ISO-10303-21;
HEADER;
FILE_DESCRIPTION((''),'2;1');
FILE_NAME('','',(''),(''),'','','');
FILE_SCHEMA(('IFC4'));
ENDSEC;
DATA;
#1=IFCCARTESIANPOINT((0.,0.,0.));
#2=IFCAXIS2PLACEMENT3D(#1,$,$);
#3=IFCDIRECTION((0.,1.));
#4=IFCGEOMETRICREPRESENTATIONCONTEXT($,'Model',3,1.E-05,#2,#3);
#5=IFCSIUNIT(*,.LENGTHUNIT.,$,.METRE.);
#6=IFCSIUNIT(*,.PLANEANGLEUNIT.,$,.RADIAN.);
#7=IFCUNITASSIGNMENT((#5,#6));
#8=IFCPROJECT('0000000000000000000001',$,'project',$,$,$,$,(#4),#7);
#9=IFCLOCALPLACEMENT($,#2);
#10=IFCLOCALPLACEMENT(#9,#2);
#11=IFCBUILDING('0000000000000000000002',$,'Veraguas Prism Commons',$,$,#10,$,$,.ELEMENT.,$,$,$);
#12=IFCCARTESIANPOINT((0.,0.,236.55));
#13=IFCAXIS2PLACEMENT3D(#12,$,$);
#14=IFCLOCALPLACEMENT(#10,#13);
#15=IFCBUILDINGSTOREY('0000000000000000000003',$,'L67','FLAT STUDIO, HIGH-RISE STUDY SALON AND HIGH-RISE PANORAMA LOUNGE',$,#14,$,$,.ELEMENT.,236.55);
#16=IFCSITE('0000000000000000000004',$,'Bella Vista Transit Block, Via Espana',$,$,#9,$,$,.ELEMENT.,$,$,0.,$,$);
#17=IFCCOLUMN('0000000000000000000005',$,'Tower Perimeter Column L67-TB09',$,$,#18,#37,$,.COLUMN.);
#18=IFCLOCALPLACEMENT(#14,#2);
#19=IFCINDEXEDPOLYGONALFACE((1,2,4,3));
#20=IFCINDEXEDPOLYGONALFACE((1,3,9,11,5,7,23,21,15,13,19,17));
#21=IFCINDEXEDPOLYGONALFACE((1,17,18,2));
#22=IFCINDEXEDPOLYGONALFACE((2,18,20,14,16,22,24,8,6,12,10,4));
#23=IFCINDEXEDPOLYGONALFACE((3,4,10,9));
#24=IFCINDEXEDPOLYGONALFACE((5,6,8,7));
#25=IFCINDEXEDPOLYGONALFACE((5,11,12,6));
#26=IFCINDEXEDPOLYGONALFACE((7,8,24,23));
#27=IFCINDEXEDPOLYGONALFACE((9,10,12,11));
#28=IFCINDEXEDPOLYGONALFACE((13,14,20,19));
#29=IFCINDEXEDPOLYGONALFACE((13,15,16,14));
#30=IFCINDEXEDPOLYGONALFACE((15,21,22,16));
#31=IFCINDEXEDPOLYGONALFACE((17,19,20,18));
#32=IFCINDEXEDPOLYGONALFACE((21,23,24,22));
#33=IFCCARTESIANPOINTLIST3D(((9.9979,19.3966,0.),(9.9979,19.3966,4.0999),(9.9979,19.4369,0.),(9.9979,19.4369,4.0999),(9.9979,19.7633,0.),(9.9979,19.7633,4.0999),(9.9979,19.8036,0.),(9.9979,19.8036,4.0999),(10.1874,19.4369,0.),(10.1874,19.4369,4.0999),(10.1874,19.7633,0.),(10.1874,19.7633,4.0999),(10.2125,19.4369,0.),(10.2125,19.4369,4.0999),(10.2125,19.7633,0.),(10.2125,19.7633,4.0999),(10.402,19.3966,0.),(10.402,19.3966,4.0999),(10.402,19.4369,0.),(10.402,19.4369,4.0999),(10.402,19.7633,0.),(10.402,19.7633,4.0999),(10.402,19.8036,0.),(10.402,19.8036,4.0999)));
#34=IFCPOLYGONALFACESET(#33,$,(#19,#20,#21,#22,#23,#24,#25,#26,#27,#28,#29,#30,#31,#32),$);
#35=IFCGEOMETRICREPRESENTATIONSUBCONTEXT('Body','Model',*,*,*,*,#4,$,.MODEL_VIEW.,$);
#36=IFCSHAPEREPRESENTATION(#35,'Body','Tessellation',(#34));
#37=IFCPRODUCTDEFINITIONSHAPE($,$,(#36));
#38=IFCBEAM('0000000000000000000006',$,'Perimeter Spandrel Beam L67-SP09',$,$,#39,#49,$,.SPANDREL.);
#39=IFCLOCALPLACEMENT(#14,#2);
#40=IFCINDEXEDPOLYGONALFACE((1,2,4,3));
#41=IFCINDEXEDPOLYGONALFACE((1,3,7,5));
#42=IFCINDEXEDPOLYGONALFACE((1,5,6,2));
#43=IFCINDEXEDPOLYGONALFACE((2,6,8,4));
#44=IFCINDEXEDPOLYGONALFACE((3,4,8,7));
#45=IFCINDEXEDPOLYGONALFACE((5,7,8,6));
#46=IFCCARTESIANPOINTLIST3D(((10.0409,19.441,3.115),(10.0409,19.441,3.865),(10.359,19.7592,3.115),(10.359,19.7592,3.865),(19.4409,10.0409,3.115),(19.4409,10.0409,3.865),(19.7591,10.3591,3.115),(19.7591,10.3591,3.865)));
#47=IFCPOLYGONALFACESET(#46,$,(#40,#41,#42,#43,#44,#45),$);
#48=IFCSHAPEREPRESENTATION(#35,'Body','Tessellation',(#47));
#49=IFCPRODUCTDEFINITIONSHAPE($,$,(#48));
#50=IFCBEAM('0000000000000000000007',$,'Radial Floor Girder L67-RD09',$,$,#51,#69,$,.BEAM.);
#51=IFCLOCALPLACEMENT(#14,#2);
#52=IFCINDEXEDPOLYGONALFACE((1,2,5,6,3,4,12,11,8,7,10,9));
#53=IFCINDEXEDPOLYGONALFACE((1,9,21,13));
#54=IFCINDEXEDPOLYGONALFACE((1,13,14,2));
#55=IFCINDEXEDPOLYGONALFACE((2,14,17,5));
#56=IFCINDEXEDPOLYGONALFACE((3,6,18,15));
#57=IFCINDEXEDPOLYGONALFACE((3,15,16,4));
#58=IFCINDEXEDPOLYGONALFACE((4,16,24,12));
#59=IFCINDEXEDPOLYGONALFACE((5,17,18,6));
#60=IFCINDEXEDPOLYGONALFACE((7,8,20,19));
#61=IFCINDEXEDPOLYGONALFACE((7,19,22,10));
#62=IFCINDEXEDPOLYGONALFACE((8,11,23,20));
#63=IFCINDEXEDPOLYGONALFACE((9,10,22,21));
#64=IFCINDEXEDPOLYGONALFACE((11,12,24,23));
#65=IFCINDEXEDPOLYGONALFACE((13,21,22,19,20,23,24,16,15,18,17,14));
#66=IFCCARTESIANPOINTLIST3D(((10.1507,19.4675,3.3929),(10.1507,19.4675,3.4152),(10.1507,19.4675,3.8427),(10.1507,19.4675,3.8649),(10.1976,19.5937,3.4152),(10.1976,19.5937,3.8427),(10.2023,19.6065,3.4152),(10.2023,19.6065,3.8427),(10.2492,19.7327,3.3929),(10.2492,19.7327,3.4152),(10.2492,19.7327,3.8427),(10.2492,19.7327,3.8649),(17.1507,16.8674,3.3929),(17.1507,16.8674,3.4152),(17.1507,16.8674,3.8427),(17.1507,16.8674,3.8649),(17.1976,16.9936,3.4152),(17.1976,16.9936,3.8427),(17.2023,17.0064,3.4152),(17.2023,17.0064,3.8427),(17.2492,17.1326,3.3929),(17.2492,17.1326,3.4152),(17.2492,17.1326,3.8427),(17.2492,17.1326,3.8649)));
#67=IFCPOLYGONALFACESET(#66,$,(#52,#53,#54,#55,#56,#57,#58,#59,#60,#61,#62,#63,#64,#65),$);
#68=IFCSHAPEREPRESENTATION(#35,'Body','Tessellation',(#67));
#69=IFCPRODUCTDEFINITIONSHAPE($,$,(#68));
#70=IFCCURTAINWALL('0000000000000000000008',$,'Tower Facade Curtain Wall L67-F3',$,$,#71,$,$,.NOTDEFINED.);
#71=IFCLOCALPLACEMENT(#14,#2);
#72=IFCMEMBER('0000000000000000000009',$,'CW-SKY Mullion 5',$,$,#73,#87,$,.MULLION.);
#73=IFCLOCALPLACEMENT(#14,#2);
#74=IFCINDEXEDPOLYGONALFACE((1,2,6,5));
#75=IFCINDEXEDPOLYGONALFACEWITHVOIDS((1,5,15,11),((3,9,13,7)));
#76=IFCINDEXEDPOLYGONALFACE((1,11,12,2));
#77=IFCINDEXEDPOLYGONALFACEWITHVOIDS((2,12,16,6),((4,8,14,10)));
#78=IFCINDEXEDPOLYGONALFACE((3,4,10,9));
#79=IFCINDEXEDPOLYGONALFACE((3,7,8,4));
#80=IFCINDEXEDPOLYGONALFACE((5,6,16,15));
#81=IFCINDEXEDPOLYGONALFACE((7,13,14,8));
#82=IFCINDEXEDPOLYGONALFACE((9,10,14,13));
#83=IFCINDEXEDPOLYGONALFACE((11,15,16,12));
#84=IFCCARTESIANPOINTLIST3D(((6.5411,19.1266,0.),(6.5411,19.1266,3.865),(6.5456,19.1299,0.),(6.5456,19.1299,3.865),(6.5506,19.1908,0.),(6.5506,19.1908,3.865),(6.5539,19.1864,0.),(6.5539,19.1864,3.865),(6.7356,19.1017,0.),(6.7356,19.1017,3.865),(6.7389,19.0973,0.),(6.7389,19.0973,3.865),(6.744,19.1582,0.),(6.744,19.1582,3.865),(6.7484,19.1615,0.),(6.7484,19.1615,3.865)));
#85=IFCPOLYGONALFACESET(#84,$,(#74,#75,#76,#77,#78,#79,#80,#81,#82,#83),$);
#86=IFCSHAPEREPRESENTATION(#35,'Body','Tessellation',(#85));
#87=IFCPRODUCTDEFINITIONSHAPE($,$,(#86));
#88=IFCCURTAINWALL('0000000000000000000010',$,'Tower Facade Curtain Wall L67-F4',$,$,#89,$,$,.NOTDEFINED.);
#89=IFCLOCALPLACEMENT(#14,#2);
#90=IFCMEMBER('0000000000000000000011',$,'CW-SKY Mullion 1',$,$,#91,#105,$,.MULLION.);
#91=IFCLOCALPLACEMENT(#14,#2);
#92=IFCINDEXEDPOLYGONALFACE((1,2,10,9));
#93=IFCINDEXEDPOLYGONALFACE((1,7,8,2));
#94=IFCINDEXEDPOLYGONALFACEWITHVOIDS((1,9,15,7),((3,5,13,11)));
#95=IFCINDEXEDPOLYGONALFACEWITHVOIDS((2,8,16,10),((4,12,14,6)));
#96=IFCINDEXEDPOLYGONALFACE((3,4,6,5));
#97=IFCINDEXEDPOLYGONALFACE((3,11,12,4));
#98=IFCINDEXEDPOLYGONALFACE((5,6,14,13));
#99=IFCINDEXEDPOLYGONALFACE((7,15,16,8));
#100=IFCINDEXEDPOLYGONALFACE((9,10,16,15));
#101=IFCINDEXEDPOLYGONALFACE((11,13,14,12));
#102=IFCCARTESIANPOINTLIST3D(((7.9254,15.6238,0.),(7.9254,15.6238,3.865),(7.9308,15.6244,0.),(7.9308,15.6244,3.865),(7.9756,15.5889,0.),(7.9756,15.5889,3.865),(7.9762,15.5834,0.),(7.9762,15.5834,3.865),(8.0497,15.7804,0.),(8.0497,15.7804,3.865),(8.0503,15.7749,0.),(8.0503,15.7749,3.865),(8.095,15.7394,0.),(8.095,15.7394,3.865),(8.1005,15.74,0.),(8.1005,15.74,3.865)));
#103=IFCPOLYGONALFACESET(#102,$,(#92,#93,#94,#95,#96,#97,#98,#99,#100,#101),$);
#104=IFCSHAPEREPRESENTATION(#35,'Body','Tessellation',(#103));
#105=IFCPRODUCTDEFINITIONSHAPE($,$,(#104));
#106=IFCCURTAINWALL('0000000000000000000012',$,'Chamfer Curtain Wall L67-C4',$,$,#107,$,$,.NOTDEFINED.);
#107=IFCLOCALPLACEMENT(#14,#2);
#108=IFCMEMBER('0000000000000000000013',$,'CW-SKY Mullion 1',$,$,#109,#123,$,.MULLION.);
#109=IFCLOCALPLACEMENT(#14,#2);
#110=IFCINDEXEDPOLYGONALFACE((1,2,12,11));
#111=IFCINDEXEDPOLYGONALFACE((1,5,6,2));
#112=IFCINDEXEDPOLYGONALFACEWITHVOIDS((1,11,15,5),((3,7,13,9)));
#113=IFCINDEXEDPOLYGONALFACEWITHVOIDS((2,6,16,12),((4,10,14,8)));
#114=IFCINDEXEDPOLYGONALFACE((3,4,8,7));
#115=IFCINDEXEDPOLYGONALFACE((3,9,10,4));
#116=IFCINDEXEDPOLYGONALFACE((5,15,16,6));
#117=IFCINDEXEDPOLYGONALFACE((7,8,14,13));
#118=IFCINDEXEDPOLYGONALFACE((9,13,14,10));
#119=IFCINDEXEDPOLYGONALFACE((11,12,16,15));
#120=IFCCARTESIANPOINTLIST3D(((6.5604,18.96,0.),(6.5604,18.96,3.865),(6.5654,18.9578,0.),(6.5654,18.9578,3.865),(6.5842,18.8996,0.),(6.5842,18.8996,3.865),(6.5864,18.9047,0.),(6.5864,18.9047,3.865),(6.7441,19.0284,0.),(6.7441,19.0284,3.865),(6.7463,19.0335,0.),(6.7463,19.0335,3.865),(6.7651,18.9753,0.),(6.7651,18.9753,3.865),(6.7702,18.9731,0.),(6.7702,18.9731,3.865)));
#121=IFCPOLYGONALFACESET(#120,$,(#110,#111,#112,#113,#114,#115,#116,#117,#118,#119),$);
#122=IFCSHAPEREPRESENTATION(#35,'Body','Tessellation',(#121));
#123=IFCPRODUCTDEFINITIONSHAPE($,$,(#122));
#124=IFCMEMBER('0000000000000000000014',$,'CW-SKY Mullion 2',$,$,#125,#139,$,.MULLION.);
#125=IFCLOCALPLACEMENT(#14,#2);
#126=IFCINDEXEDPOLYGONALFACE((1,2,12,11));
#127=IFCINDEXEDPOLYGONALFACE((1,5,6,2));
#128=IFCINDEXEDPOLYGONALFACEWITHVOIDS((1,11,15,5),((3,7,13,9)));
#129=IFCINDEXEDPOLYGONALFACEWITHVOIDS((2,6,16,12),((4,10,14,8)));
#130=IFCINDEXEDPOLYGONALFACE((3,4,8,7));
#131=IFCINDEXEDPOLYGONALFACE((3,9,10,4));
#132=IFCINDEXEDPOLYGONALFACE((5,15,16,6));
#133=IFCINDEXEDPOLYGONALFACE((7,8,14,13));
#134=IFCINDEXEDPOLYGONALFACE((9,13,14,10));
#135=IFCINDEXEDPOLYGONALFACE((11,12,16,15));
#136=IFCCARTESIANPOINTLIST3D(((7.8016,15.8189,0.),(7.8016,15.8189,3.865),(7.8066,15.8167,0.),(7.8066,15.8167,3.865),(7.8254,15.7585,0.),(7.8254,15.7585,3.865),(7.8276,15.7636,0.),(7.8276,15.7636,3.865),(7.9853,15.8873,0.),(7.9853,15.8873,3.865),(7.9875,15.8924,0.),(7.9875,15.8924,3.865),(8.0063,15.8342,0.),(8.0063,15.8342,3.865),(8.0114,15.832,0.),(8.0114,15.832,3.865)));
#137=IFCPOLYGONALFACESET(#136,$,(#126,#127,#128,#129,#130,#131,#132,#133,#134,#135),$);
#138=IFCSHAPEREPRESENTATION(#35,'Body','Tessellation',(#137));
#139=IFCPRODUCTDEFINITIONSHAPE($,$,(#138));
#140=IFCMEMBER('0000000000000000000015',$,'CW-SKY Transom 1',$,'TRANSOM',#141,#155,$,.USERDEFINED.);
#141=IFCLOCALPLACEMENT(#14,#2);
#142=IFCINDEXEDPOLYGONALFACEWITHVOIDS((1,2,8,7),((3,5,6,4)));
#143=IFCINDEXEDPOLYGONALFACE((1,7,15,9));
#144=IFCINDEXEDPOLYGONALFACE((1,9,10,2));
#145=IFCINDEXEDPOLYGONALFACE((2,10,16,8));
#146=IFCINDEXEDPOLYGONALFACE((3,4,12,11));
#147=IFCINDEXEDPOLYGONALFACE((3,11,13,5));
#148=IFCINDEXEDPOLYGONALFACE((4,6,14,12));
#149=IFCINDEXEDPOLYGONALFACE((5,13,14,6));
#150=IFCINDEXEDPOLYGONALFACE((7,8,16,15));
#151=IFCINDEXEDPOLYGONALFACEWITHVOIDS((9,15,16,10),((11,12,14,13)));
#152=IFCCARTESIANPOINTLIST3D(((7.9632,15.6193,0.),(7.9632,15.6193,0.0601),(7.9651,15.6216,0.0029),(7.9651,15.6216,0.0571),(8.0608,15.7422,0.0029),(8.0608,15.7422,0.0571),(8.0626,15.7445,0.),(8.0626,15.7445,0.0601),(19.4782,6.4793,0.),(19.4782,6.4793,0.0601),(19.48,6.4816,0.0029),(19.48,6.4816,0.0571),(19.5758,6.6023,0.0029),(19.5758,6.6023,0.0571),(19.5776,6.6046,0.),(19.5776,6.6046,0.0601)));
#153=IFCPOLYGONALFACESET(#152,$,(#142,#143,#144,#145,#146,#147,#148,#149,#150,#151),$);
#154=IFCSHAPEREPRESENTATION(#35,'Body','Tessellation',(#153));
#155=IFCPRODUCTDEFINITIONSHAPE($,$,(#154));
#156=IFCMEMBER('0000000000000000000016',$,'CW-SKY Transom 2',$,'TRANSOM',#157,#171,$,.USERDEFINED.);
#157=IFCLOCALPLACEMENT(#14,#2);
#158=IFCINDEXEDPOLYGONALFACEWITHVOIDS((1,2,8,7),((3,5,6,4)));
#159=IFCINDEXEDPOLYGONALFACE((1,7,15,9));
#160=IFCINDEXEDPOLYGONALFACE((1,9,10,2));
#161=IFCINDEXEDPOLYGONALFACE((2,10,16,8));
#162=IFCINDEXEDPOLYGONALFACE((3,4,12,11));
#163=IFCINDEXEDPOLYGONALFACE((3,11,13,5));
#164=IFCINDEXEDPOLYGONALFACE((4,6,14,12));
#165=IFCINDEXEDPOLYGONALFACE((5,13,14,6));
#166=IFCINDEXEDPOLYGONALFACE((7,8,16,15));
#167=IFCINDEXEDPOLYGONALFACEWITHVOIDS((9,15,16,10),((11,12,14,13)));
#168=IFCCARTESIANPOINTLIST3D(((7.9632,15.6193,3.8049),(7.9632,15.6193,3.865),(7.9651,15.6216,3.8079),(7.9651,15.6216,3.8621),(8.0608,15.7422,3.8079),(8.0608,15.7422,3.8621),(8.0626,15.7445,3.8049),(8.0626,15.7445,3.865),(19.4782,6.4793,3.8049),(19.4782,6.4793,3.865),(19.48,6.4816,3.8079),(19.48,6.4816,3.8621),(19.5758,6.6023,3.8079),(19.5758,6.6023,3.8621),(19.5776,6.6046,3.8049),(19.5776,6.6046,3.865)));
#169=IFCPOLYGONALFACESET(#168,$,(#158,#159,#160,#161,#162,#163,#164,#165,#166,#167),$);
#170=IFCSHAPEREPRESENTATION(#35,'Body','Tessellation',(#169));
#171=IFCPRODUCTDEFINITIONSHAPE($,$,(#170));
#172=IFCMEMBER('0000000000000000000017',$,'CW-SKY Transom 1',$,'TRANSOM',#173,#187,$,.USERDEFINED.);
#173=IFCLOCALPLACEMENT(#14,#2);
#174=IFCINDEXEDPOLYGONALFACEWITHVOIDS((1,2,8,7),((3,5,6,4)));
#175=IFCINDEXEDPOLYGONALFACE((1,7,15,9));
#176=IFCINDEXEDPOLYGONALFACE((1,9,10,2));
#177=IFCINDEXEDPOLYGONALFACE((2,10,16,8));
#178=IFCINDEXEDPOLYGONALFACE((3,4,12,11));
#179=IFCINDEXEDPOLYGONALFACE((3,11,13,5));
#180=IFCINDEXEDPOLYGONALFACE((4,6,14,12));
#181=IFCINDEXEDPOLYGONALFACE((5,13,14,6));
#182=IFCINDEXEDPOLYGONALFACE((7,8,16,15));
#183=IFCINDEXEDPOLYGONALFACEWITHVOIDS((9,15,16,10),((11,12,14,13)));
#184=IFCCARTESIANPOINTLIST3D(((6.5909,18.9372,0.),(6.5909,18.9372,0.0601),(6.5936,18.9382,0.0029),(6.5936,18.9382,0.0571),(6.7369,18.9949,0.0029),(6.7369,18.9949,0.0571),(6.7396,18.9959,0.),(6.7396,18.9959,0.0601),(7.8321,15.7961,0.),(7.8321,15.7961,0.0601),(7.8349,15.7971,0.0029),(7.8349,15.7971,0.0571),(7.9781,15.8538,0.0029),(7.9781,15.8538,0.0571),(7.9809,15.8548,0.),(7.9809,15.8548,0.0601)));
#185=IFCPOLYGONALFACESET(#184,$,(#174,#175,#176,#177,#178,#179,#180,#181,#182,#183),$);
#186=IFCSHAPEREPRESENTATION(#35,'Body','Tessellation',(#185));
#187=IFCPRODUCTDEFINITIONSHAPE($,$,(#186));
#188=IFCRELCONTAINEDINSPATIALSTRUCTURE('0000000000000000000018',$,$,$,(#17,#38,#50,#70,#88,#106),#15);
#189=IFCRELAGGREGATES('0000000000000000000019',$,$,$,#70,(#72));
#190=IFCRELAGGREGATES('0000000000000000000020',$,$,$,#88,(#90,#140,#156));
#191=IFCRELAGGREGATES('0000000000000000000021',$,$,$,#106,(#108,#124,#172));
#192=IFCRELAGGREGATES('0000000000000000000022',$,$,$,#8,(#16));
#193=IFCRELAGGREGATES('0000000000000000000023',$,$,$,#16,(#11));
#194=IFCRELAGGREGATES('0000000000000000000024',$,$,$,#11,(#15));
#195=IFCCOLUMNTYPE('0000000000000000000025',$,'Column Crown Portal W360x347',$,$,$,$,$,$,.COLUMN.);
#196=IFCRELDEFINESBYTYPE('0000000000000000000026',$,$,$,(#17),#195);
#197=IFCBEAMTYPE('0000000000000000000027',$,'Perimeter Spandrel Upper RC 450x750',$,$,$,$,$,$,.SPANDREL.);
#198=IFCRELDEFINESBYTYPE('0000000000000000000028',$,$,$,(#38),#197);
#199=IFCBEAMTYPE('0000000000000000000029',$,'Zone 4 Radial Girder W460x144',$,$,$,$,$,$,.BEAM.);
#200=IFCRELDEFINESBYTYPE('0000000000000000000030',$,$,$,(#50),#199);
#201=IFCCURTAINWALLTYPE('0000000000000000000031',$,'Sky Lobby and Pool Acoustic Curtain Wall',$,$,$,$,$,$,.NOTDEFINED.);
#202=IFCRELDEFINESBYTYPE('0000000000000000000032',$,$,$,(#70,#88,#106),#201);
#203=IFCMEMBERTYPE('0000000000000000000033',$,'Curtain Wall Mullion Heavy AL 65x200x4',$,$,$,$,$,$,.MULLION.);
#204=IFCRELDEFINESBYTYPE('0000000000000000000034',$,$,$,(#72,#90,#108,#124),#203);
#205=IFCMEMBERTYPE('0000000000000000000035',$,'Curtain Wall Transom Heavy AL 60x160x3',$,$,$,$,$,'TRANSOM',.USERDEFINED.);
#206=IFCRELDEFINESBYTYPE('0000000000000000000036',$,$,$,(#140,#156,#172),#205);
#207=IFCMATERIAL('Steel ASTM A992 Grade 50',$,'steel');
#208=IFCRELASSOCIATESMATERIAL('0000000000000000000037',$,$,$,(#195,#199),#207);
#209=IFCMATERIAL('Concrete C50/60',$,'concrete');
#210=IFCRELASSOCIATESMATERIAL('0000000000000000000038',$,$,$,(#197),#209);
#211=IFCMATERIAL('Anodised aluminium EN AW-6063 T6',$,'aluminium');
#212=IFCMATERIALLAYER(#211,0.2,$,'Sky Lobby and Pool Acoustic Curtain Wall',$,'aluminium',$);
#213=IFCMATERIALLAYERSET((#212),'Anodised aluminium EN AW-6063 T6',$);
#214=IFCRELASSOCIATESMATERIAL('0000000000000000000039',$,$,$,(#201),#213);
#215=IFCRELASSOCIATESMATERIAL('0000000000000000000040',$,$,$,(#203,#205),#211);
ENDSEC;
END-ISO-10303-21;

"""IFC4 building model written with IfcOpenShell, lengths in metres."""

from ifc_helpers import new_model, si_unit, direction, frame, origin, origin_2d, place, context, subcontext, project, spatial, rectangle, hollow_rectangle, i_section, extrude, source, transform, mapped, material, layer, layer_set, material_profile, profile_set, type_object, element, aggregate, save


model = new_model("IFC4")

# Units and contexts
model_context = context("Model", 3, precision=1e-05, world=origin(), true_north=direction((0.0, 1.0)))
body_context = subcontext(model_context, "Body", "Model", "MODEL_VIEW")
ifc_project = project(units=[si_unit("LENGTHUNIT", "METRE"), si_unit("PLANEANGLEUNIT", "RADIAN")], contexts=[model_context])

# Site, building, storey
site_placement = place(None, origin())
site = spatial("IfcSite", under=ifc_project, at=site_placement, Name="Bella Vista Transit Block, Via Espana", CompositionType="ELEMENT", RefElevation=0.0)
building_placement = place(site_placement, origin())
building = spatial("IfcBuilding", under=site, at=building_placement, Name="Veraguas Prism Commons", CompositionType="ELEMENT")
storey_placement = place(building_placement, frame((0.0, 0.0, 236.55)))
storey = spatial("IfcBuildingStorey", under=building, at=storey_placement, Name="L67", Description="FLAT STUDIO, HIGH-RISE STUDY SALON AND HIGH-RISE PANORAMA LOUNGE", CompositionType="ELEMENT", Elevation=236.55)

# Column
ifc_material_1 = material(Name="Steel ASTM A992 Grade 50", Category="steel")
ifc_material_profile_1 = material_profile(ifc_material_1, i_section(OverallWidth=0.4041, OverallDepth=0.407, WebThickness=0.0251, FlangeThickness=0.0403, at=origin_2d()), Name="W360X347")
ifc_profile_set_1 = profile_set([ifc_material_profile_1], Name="Steel ASTM A992 Grade 50")
column_type = type_object("IfcColumnType", Name="Column Crown Portal W360x347", PredefinedType="COLUMN", material=ifc_profile_set_1)
column_placement = place(storey_placement, frame((10.2, 19.6001, 0.0), z_axis=(0.0, 0.0, 1.0), x_axis=(1.0, 0.0, 0.0)))
element("IfcColumn", 1, at=column_placement, inside=storey, type_object=column_type, Name="Tower Perimeter Column L67-TB09", PredefinedType="COLUMN", context=body_context, shape_type="SweptSolid", body=[
    extrude(i_section(OverallWidth=0.4041, OverallDepth=0.407, WebThickness=0.0251, FlangeThickness=0.0403, at=origin_2d()), origin(), (0.0, 0.0, 1.0), 4.0999),
])

# Beams
ifc_material_2 = material(Name="Concrete C50/60", Category="concrete")
ifc_material_profile_2 = material_profile(ifc_material_2, rectangle(XDim=0.45, YDim=0.75, at=origin_2d()), Name="RC450X750")
ifc_profile_set_2 = profile_set([ifc_material_profile_2], Name="Concrete C50/60")
beam_type_1 = type_object("IfcBeamType", Name="Perimeter Spandrel Upper RC 450x750", PredefinedType="SPANDREL", material=ifc_profile_set_2)
beam_1_placement = place(storey_placement, frame((10.2, 19.6001, 3.49), z_axis=(0.707107, -0.707107, 0.0), x_axis=(0.707107, 0.707107, 0.0)))
element("IfcBeam", 2, at=beam_1_placement, inside=storey, type_object=beam_type_1, Name="Perimeter Spandrel Beam L67-SP09", PredefinedType="SPANDREL", context=body_context, shape_type="SweptSolid", body=[
    extrude(rectangle(XDim=0.45, YDim=0.75, at=origin_2d()), origin(), (0.0, 0.0, 1.0), 13.2937),
])
ifc_material_profile_3 = material_profile(ifc_material_1, i_section(OverallWidth=0.283, OverallDepth=0.4719, WebThickness=0.0137, FlangeThickness=0.0222, at=origin_2d()), Name="W460X144")
ifc_profile_set_3 = profile_set([ifc_material_profile_3], Name="Steel ASTM A992 Grade 50")
beam_type_2 = type_object("IfcBeamType", Name="Zone 4 Radial Girder W460x144", PredefinedType="BEAM", material=ifc_profile_set_3)
beam_2_placement = place(storey_placement, frame((10.2, 19.6001, 3.6289), z_axis=(0.937421, -0.348198, 0.0), x_axis=(0.348198, 0.937421, 0.0)))
element("IfcBeam", 3, at=beam_2_placement, inside=storey, type_object=beam_type_2, Name="Radial Floor Girder L67-RD09", PredefinedType="BEAM", context=body_context, shape_type="SweptSolid", body=[
    extrude(i_section(OverallWidth=0.283, OverallDepth=0.4719, WebThickness=0.0137, FlangeThickness=0.0222, at=origin_2d()), origin(), (0.0, 0.0, 1.0), 7.4673),
])

# Curtain walls, members
ifc_material_3 = material(Name="Anodised aluminium EN AW-6063 T6", Category="aluminium")
ifc_layer_1 = layer(ifc_material_3, 0.2, Name="Sky Lobby and Pool Acoustic Curtain Wall", Category="aluminium")
ifc_layer_set_1 = layer_set([ifc_layer_1], Name="Anodised aluminium EN AW-6063 T6")
curtain_wall_type = type_object("IfcCurtainWallType", Name="Sky Lobby and Pool Acoustic Curtain Wall", PredefinedType="NOTDEFINED", material=ifc_layer_set_1)
curtain_wall_1_placement = place(storey_placement, origin())
curtain_wall_1 = element("IfcCurtainWall", 4, at=curtain_wall_1_placement, inside=storey, type_object=curtain_wall_type, Name="Tower Facade Curtain Wall L67-F3", PredefinedType="NOTDEFINED")
ifc_material_profile_4 = material_profile(ifc_material_3, hollow_rectangle(XDim=0.0649, YDim=0.2, WallThickness=0.0039, at=origin_2d()), Name="AL65X200X4")
ifc_profile_set_4 = profile_set([ifc_material_profile_4], Name="Anodised aluminium EN AW-6063 T6")
member_type_1 = type_object("IfcMemberType", Name="Curtain Wall Mullion Heavy AL 65x200x4", PredefinedType="MULLION", material=ifc_profile_set_4)
shared_shape_1 = source(origin(), body_context, "Body", "SweptSolid", [
    extrude(hollow_rectangle(XDim=0.0649, YDim=0.2, WallThickness=0.0039, at=origin_2d()), origin(), (0.0, 0.0, 1.0), 3.865),
])
member_1_placement = place(storey_placement, frame((6.6448, 19.144, 0.0), z_axis=(0.0, 0.0, 1.0), x_axis=(-0.146774, -0.98917, 0.0)))
member_1 = element("IfcMember", 5, at=member_1_placement, type_object=member_type_1, Name="CW-SKY Mullion 5", PredefinedType="MULLION", context=body_context, shape_type="MappedRepresentation", body=[
    mapped(shared_shape_1, transform((0.0, 0.0, 0.0), scale=1.0)),
])
curtain_wall_2_placement = place(storey_placement, origin())
curtain_wall_2 = element("IfcCurtainWall", 6, at=curtain_wall_2_placement, inside=storey, type_object=curtain_wall_type, Name="Tower Facade Curtain Wall L67-F4", PredefinedType="NOTDEFINED")
member_2_placement = place(storey_placement, frame((8.0129, 15.6819, 0.0), z_axis=(0.0, 0.0, 1.0), x_axis=(0.783259, -0.621696, 0.0)))
member_2 = element("IfcMember", 7, at=member_2_placement, type_object=member_type_1, Name="CW-SKY Mullion 1", PredefinedType="MULLION", context=body_context, shape_type="MappedRepresentation", body=[
    mapped(shared_shape_1, transform((0.0, 0.0, 0.0), scale=1.0)),
])

# Curtain wall, members
curtain_wall_3_placement = place(storey_placement, origin())
curtain_wall_3 = element("IfcCurtainWall", 8, at=curtain_wall_3_placement, inside=storey, type_object=curtain_wall_type, Name="Chamfer Curtain Wall L67-C4", PredefinedType="NOTDEFINED")
member_3_placement = place(storey_placement, frame((6.6653, 18.9666, 0.0), z_axis=(0.0, 0.0, 1.0), x_axis=(0.367496, -0.930025, 0.0)))
member_3 = element("IfcMember", 9, at=member_3_placement, type_object=member_type_1, Name="CW-SKY Mullion 1", PredefinedType="MULLION", context=body_context, shape_type="MappedRepresentation", body=[
    mapped(shared_shape_1, transform((0.0, 0.0, 0.0), scale=1.0)),
])
member_4_placement = place(storey_placement, frame((7.9065, 15.8254, 0.0), z_axis=(0.0, 0.0, 1.0), x_axis=(0.367496, -0.930025, 0.0)))
member_4 = element("IfcMember", 10, at=member_4_placement, type_object=member_type_1, Name="CW-SKY Mullion 2", PredefinedType="MULLION", context=body_context, shape_type="MappedRepresentation", body=[
    mapped(shared_shape_1, transform((0.0, 0.0, 0.0), scale=1.0)),
])

# Members
ifc_material_profile_5 = material_profile(ifc_material_3, hollow_rectangle(XDim=0.0601, YDim=0.1599, WallThickness=0.0029, at=origin_2d()), Name="AL60X160X3")
ifc_profile_set_5 = profile_set([ifc_material_profile_5], Name="Anodised aluminium EN AW-6063 T6")
member_type_2 = type_object("IfcMemberType", Name="Curtain Wall Transom Heavy AL 60x160x3", ElementType="TRANSOM", PredefinedType="USERDEFINED", material=ifc_profile_set_5)
shared_shape_2 = source(origin(), body_context, "Body", "SweptSolid", [
    extrude(hollow_rectangle(XDim=0.0601, YDim=0.1599, WallThickness=0.0029, at=origin_2d()), origin(), (0.0, 0.0, 1.0), 14.7014),
])
member_5_placement = place(storey_placement, frame((8.0129, 15.6819, 0.03), z_axis=(0.783253, -0.621703, 0.0), x_axis=(0.0, 0.0, 1.0)))
member_5 = element("IfcMember", 11, at=member_5_placement, type_object=member_type_2, Name="CW-SKY Transom 1", ObjectType="TRANSOM", PredefinedType="USERDEFINED", context=body_context, shape_type="MappedRepresentation", body=[
    mapped(shared_shape_2, transform((0.0, 0.0, 0.0), scale=1.0)),
])
member_6_placement = place(storey_placement, frame((8.0129, 15.6819, 3.835), z_axis=(0.783253, -0.621703, 0.0), x_axis=(0.0, 0.0, 1.0)))
member_6 = element("IfcMember", 12, at=member_6_placement, type_object=member_type_2, Name="CW-SKY Transom 2", ObjectType="TRANSOM", PredefinedType="USERDEFINED", context=body_context, shape_type="MappedRepresentation", body=[
    mapped(shared_shape_2, transform((0.0, 0.0, 0.0), scale=1.0)),
])
shared_shape_3 = source(origin(), body_context, "Body", "SweptSolid", [
    extrude(hollow_rectangle(XDim=0.0601, YDim=0.1599, WallThickness=0.0029, at=origin_2d()), origin(), (0.0, 0.0, 1.0), 3.3774),
])
member_7_placement = place(storey_placement, frame((6.6653, 18.9666, 0.03), z_axis=(0.367499, -0.930024, 0.0), x_axis=(0.0, 0.0, 1.0)))
member_7 = element("IfcMember", 13, at=member_7_placement, type_object=member_type_2, Name="CW-SKY Transom 1", ObjectType="TRANSOM", PredefinedType="USERDEFINED", context=body_context, shape_type="MappedRepresentation", body=[
    mapped(shared_shape_3, transform((0.0, 0.0, 0.0), scale=1.0)),
])

aggregate(curtain_wall_1, [member_1])
aggregate(curtain_wall_2, [member_2, member_5, member_6])
aggregate(curtain_wall_3, [member_3, member_4, member_7])

save(model, "model.ifc")
